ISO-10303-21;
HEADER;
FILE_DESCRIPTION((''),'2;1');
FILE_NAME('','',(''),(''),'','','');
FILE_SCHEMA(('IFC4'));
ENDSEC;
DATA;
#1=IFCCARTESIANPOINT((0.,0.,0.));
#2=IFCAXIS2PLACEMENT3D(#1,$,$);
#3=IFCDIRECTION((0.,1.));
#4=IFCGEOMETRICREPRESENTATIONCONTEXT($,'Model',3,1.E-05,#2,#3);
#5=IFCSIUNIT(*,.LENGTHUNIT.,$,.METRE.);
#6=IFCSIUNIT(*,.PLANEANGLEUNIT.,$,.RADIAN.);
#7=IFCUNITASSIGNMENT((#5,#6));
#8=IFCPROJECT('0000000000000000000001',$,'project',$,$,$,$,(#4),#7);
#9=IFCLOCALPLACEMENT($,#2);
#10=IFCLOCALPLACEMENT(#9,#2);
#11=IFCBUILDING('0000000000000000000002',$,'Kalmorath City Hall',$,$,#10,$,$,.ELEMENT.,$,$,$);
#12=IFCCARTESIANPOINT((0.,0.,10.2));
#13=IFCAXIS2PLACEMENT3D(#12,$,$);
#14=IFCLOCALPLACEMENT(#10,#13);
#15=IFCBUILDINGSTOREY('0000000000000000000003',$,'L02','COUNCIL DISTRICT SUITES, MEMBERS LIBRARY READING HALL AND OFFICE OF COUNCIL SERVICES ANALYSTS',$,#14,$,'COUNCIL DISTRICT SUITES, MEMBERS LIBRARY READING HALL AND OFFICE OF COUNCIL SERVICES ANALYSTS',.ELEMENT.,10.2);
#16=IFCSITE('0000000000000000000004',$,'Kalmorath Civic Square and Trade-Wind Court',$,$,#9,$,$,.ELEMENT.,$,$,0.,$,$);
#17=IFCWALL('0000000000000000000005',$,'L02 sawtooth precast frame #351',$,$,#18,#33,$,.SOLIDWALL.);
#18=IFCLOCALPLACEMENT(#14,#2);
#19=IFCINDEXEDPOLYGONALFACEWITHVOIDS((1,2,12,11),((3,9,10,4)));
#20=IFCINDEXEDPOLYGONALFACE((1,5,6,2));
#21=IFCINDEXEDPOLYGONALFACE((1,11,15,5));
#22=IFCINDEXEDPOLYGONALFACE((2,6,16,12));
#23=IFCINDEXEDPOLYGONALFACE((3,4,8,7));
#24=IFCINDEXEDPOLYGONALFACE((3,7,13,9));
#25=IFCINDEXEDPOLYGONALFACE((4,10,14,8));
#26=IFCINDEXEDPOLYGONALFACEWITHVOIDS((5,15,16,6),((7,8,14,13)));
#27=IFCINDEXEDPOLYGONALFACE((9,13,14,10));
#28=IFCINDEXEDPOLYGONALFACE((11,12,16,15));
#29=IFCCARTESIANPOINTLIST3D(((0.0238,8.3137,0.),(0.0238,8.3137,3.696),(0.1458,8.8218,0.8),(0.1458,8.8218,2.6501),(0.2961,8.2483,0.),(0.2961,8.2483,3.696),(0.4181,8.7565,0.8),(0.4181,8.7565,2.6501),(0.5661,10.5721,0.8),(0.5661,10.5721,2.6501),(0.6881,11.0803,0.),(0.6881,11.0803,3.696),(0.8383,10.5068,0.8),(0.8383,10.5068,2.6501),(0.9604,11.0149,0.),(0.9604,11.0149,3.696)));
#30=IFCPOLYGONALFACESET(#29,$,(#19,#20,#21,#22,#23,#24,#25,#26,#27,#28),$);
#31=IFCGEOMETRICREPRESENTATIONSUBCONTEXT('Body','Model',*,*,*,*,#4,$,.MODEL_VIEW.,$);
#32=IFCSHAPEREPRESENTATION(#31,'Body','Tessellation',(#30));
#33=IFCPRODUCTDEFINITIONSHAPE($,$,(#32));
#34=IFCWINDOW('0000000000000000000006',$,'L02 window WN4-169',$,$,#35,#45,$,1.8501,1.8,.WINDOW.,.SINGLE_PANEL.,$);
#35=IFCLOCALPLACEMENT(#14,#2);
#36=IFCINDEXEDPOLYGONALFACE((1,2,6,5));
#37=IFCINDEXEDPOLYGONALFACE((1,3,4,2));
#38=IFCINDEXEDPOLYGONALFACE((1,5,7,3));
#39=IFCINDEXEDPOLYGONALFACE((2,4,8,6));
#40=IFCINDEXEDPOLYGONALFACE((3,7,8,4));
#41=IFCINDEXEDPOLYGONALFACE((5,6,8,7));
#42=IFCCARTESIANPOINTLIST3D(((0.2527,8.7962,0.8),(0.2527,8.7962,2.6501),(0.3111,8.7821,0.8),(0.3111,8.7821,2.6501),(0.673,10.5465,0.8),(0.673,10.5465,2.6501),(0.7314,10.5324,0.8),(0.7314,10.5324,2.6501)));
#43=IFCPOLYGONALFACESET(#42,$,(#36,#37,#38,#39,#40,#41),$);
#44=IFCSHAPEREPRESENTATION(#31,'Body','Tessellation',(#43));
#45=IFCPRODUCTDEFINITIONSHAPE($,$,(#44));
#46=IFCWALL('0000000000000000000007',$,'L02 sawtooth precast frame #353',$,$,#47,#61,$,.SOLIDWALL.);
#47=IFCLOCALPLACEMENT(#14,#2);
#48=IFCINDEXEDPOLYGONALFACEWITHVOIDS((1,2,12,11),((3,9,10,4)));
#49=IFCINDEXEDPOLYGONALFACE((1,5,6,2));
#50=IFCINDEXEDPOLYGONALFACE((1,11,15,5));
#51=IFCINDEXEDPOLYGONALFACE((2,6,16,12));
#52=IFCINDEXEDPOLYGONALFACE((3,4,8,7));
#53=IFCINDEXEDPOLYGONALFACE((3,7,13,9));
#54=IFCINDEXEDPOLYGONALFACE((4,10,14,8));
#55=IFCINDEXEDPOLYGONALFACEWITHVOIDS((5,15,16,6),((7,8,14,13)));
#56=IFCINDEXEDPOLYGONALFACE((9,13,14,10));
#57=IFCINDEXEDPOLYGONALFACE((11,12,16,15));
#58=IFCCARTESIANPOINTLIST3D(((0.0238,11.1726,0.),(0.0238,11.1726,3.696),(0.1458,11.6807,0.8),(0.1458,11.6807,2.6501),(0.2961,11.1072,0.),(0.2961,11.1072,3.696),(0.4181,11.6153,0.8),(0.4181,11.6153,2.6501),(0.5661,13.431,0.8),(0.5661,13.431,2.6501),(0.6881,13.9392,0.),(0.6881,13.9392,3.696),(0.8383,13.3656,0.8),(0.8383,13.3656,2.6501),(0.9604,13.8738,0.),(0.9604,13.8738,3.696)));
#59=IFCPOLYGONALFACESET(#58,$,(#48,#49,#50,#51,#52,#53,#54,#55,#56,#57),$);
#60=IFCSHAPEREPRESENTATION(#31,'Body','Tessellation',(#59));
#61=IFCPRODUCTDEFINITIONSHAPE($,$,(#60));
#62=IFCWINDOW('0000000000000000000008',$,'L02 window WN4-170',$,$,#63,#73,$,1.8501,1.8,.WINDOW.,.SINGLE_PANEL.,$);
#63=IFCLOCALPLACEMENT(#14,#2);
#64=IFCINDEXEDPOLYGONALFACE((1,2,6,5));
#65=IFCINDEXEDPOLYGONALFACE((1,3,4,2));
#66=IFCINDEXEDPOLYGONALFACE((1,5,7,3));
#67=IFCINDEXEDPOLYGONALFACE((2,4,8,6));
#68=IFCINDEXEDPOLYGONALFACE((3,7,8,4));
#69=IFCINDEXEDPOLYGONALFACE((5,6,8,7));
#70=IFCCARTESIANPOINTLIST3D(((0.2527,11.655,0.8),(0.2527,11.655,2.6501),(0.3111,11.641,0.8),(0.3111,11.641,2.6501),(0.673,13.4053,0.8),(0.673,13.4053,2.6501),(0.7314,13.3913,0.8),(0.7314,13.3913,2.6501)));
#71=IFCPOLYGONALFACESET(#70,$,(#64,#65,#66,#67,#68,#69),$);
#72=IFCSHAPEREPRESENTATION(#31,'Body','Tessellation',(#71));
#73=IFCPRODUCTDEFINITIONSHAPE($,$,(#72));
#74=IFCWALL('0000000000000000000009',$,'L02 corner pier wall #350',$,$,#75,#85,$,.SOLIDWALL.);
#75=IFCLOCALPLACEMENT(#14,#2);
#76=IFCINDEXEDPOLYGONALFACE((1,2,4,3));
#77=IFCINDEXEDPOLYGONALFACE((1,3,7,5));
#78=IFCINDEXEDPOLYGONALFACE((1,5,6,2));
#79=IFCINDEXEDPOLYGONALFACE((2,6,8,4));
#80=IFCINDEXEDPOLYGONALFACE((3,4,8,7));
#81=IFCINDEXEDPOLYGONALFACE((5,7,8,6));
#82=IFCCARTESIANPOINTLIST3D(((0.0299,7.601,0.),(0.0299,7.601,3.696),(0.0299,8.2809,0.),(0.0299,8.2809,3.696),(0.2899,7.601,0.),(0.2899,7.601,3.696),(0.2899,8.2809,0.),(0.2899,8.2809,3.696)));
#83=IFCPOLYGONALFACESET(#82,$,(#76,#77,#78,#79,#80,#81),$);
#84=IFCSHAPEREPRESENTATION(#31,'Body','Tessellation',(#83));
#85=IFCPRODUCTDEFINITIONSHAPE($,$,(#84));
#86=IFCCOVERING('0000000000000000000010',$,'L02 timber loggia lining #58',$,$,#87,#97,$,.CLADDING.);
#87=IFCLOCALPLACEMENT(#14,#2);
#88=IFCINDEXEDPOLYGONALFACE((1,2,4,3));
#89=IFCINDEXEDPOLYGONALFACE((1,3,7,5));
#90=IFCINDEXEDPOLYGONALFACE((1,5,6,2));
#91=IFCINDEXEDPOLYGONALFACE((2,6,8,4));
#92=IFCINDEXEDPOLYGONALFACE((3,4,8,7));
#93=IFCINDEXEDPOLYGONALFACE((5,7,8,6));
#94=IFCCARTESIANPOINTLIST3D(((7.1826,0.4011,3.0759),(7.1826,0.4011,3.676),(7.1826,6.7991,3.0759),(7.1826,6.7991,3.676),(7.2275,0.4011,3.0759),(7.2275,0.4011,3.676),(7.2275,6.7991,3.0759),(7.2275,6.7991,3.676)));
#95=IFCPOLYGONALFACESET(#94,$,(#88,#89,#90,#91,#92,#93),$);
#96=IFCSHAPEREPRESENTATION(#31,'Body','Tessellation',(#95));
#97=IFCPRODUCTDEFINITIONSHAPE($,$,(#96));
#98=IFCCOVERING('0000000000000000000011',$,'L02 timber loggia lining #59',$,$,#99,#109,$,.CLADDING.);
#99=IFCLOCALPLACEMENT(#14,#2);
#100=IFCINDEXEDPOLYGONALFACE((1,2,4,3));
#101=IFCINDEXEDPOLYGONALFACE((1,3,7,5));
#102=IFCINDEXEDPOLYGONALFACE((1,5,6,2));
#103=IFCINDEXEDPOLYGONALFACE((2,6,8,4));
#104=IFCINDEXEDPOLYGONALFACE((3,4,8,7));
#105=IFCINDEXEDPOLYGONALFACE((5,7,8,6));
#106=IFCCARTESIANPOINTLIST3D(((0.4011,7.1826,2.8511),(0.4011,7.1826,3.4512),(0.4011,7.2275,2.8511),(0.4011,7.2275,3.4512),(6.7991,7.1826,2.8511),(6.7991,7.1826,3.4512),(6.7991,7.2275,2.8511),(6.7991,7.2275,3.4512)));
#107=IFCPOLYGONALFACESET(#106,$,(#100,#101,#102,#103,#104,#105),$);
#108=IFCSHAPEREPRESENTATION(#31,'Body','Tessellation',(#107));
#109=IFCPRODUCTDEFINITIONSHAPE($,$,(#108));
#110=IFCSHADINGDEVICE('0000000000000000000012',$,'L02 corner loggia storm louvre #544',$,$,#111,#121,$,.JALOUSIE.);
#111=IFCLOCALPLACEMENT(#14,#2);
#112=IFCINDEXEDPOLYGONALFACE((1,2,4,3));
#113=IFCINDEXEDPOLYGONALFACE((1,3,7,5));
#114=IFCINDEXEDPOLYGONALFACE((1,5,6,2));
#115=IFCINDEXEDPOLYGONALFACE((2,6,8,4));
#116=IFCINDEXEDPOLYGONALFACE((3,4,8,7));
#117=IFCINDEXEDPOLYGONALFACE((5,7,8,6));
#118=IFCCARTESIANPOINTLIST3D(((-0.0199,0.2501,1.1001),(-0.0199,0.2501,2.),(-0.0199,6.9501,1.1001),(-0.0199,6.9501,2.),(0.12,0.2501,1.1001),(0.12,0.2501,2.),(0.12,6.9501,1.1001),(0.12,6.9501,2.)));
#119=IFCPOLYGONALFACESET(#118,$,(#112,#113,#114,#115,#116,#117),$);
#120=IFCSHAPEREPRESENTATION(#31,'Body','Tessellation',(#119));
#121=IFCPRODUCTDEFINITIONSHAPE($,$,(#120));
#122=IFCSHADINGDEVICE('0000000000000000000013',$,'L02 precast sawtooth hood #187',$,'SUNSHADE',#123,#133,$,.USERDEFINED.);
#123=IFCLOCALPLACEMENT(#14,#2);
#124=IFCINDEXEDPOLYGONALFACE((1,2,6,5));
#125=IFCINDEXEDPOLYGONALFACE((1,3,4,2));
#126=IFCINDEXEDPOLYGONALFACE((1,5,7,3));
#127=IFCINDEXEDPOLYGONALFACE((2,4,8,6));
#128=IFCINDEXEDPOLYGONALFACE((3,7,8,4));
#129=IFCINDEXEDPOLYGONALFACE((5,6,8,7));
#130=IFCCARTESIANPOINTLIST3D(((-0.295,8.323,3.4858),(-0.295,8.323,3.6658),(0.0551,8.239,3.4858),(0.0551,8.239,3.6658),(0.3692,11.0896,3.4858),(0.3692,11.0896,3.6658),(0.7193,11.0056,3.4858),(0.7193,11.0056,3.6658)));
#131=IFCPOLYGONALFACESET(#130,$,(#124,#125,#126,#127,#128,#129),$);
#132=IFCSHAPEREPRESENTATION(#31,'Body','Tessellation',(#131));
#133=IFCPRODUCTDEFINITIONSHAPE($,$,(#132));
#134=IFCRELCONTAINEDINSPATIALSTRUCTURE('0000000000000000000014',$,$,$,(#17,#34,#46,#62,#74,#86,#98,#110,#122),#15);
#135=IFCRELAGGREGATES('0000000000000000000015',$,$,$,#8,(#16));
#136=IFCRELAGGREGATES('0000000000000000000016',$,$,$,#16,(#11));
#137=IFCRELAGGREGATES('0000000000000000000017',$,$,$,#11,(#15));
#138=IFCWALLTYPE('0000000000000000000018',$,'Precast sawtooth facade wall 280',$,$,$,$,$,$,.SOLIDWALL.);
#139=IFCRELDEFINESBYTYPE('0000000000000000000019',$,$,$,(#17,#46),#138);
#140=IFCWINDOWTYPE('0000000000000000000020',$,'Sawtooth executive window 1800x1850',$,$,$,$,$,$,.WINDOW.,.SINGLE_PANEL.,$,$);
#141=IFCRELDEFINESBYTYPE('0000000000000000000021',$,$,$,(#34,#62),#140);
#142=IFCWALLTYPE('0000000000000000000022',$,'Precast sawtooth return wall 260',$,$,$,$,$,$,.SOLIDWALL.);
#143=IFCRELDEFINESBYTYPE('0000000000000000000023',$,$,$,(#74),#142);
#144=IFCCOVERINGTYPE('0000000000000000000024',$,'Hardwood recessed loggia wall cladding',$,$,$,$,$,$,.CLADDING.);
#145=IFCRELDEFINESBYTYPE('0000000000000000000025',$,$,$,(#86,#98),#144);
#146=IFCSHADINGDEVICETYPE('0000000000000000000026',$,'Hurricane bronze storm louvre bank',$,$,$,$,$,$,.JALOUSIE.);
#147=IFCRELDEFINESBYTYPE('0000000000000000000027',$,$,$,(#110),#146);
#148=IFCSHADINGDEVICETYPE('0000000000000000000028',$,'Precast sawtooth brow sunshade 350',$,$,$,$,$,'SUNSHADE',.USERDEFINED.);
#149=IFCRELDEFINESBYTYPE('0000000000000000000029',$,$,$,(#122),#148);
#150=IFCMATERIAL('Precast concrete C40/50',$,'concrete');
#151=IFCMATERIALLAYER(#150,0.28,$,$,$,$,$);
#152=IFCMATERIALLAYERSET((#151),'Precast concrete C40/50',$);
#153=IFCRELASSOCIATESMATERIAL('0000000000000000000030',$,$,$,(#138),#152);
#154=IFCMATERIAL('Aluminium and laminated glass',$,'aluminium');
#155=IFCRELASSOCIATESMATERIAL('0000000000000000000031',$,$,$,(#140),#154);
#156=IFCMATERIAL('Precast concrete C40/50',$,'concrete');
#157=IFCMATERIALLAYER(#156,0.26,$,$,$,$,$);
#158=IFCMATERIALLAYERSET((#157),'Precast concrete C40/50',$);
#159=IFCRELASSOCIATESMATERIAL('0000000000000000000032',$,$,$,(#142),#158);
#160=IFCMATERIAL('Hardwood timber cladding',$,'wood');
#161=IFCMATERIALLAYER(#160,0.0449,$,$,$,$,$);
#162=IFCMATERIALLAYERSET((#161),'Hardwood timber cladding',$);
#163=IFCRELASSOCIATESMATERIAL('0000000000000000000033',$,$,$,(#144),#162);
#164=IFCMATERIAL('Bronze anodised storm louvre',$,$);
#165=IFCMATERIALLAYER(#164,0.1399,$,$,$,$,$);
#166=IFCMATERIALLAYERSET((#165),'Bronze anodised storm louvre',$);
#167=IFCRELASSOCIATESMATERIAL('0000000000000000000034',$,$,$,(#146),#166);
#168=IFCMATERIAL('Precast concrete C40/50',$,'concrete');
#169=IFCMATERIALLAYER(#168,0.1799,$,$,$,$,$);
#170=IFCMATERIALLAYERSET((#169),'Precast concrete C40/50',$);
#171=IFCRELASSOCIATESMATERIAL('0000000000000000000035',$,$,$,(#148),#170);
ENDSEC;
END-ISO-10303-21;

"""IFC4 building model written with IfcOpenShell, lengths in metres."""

from ifc_helpers import new_model, si_unit, direction, frame, frame_2d, origin, origin_2d, place, context, subcontext, project, spatial, rectangle, extrude, material, layer, layer_set, type_object, element, fill, save


model = new_model("IFC4")

# Units and contexts
model_context = context("Model", 3, precision=1e-05, world=origin(), true_north=direction((0.0, 1.0)))
body_context = subcontext(model_context, "Body", "Model", "MODEL_VIEW")
ifc_project = project(units=[si_unit("LENGTHUNIT", "METRE"), si_unit("PLANEANGLEUNIT", "RADIAN")], contexts=[model_context])

# Site, building, storey
site_placement = place(None, origin())
site = spatial("IfcSite", under=ifc_project, at=site_placement, Name="Kalmorath Civic Square and Trade-Wind Court", CompositionType="ELEMENT", RefElevation=0.0)
building_placement = place(site_placement, origin())
building = spatial("IfcBuilding", under=site, at=building_placement, Name="Kalmorath City Hall", CompositionType="ELEMENT")
storey_placement = place(building_placement, frame((0.0, 0.0, 10.2)))
storey = spatial("IfcBuildingStorey", under=building, at=storey_placement, Name="L02", Description="COUNCIL DISTRICT SUITES, MEMBERS LIBRARY READING HALL AND OFFICE OF COUNCIL SERVICES ANALYSTS", LongName="COUNCIL DISTRICT SUITES, MEMBERS LIBRARY READING HALL AND OFFICE OF COUNCIL SERVICES ANALYSTS", CompositionType="ELEMENT", Elevation=10.2)

# Walls, openings, windows
ifc_material_1 = material(Name="Precast concrete C40/50", Category="concrete")
ifc_layer_1 = layer(ifc_material_1, 0.28)
ifc_layer_set_1 = layer_set([ifc_layer_1], Name="Precast concrete C40/50")
wall_type_1 = type_object("IfcWallType", Name="Precast sawtooth facade wall 280", PredefinedType="SOLIDWALL", material=ifc_layer_set_1)
wall_1_placement = place(storey_placement, frame((0.1599, 8.281, 0.0), z_axis=(0.0, 0.0, 1.0), x_axis=(0.23348, 0.972362, 0.0)))
wall_1 = element("IfcWall", 1, at=wall_1_placement, inside=storey, type_object=wall_type_1, Name="L02 sawtooth precast frame #351", PredefinedType="SOLIDWALL", context=body_context, shape_type="SweptSolid", body=[
    extrude(rectangle(XDim=2.8452, YDim=0.28, at=frame_2d((1.4226, 0.0))), origin(), (0.0, 0.0, 1.0), 3.696),
])
opening_1_placement = place(wall_1_placement, frame((0.5227, 0.0, 0.8)))
opening_1 = element("IfcOpeningElement", 2, at=opening_1_placement, cuts=wall_1, PredefinedType="OPENING", context=body_context, shape_type="SweptSolid", body=[
    extrude(rectangle(XDim=1.8, YDim=1.8501, at=frame_2d((0.8999, 0.925))), frame((0.0, 0.1499, 0.0), z_axis=(0.0, -1.0, 0.0), x_axis=(1.0, 0.0, 0.0)), (0.0, 0.0, 1.0), 0.3),
])
ifc_material_2 = material(Name="Aluminium and laminated glass", Category="aluminium")
window_type_1 = type_object("IfcWindowType", Name="Sawtooth executive window 1800x1850", PartitioningType="SINGLE_PANEL", PredefinedType="WINDOW", material=ifc_material_2)
window_1_placement = place(opening_1_placement, origin())
window_1 = element("IfcWindow", 3, at=window_1_placement, inside=storey, type_object=window_type_1, Name="L02 window WN4-169", OverallHeight=1.8501, OverallWidth=1.8, PartitioningType="SINGLE_PANEL", PredefinedType="WINDOW", context=body_context, shape_type="SweptSolid", body=[
    extrude(rectangle(XDim=1.8, YDim=1.8501, at=frame_2d((0.8999, 0.925))), frame((0.0, 0.03, 0.0), z_axis=(0.0, -1.0, 0.0), x_axis=(1.0, 0.0, 0.0)), (0.0, 0.0, 1.0), 0.0601),
])
fill(opening_1, window_1)
wall_2_placement = place(storey_placement, frame((0.1599, 11.1399, 0.0), z_axis=(0.0, 0.0, 1.0), x_axis=(0.23348, 0.972362, 0.0)))
wall_2 = element("IfcWall", 4, at=wall_2_placement, inside=storey, type_object=wall_type_1, Name="L02 sawtooth precast frame #353", PredefinedType="SOLIDWALL", context=body_context, shape_type="SweptSolid", body=[
    extrude(rectangle(XDim=2.8452, YDim=0.28, at=frame_2d((1.4226, 0.0))), origin(), (0.0, 0.0, 1.0), 3.696),
])
opening_2_placement = place(wall_2_placement, frame((0.5227, 0.0, 0.8)))
opening_2 = element("IfcOpeningElement", 5, at=opening_2_placement, cuts=wall_2, PredefinedType="OPENING", context=body_context, shape_type="SweptSolid", body=[
    extrude(rectangle(XDim=1.8, YDim=1.8501, at=frame_2d((0.8999, 0.925))), frame((0.0, 0.1499, 0.0), z_axis=(0.0, -1.0, 0.0), x_axis=(1.0, 0.0, 0.0)), (0.0, 0.0, 1.0), 0.3),
])
window_2_placement = place(opening_2_placement, origin())
window_2 = element("IfcWindow", 6, at=window_2_placement, inside=storey, type_object=window_type_1, Name="L02 window WN4-170", OverallHeight=1.8501, OverallWidth=1.8, PartitioningType="SINGLE_PANEL", PredefinedType="WINDOW", context=body_context, shape_type="SweptSolid", body=[
    extrude(rectangle(XDim=1.8, YDim=1.8501, at=frame_2d((0.8999, 0.925))), frame((0.0, 0.03, 0.0), z_axis=(0.0, -1.0, 0.0), x_axis=(1.0, 0.0, 0.0)), (0.0, 0.0, 1.0), 0.0601),
])
fill(opening_2, window_2)

# Wall
ifc_material_3 = material(Name="Precast concrete C40/50", Category="concrete")
ifc_layer_2 = layer(ifc_material_3, 0.26)
ifc_layer_set_2 = layer_set([ifc_layer_2], Name="Precast concrete C40/50")
wall_type_2 = type_object("IfcWallType", Name="Precast sawtooth return wall 260", PredefinedType="SOLIDWALL", material=ifc_layer_set_2)
wall_3_placement = place(storey_placement, frame((0.1599, 7.6011, 0.0), z_axis=(0.0, 0.0, 1.0), x_axis=(0.0, 1.0, 0.0)))
element("IfcWall", 7, at=wall_3_placement, inside=storey, type_object=wall_type_2, Name="L02 corner pier wall #350", PredefinedType="SOLIDWALL", context=body_context, shape_type="SweptSolid", body=[
    extrude(rectangle(XDim=0.6799, YDim=0.26, at=frame_2d((0.3398, 0.0))), origin(), (0.0, 0.0, 1.0), 3.696),
])

# Coverings
ifc_material_4 = material(Name="Hardwood timber cladding", Category="wood")
ifc_layer_3 = layer(ifc_material_4, 0.0449)
ifc_layer_set_3 = layer_set([ifc_layer_3], Name="Hardwood timber cladding")
covering_type = type_object("IfcCoveringType", Name="Hardwood recessed loggia wall cladding", PredefinedType="CLADDING", material=ifc_layer_set_3)
for number, where, z_axis, x_axis, name in (
    (8, (7.2051, 3.6001, 3.0759), (0.0, 0.0, 1.0), (0.0, 1.0, 0.0), "L02 timber loggia lining #58"),
    (9, (3.6001, 7.2051, 2.8511), (0.0, 0.0, 1.0), (-1.0, 0.0, 0.0), "L02 timber loggia lining #59"),
):
    element("IfcCovering", number, at=place(storey_placement, frame(where, z_axis=z_axis, x_axis=x_axis)), inside=storey, type_object=covering_type, Name=name, PredefinedType="CLADDING", context=body_context, shape_type="SweptSolid", body=[
        extrude(rectangle(XDim=6.3979, YDim=0.0449, at=origin_2d()), origin(), (0.0, 0.0, 1.0), 0.6001),
    ])

# Shading devices
ifc_material_5 = material(Name="Bronze anodised storm louvre")
ifc_layer_4 = layer(ifc_material_5, 0.1399)
ifc_layer_set_4 = layer_set([ifc_layer_4], Name="Bronze anodised storm louvre")
shading_device_type_1 = type_object("IfcShadingDeviceType", Name="Hurricane bronze storm louvre bank", PredefinedType="JALOUSIE", material=ifc_layer_set_4)
shading_device_1_placement = place(storey_placement, frame((0.05, 3.6001, 1.1001), z_axis=(0.0, 0.0, 1.0), x_axis=(0.0, 1.0, 0.0)))
element("IfcShadingDevice", 10, at=shading_device_1_placement, inside=storey, type_object=shading_device_type_1, Name="L02 corner loggia storm louvre #544", PredefinedType="JALOUSIE", context=body_context, shape_type="SweptSolid", body=[
    extrude(rectangle(XDim=6.7, YDim=0.1399, at=origin_2d()), origin(), (0.0, 0.0, 1.0), 0.8999),
])
ifc_material_6 = material(Name="Precast concrete C40/50", Category="concrete")
ifc_layer_5 = layer(ifc_material_6, 0.1799)
ifc_layer_set_5 = layer_set([ifc_layer_5], Name="Precast concrete C40/50")
shading_device_type_2 = type_object("IfcShadingDeviceType", Name="Precast sawtooth brow sunshade 350", ElementType="SUNSHADE", PredefinedType="USERDEFINED", material=ifc_layer_set_5)
shading_device_2_placement = place(storey_placement, frame((0.2122, 9.6643, 3.4858), z_axis=(0.0, 0.0, 1.0), x_axis=(0.233445, 0.97237, 0.0)))
element("IfcShadingDevice", 11, at=shading_device_2_placement, inside=storey, type_object=shading_device_type_2, Name="L02 precast sawtooth hood #187", ObjectType="SUNSHADE", PredefinedType="USERDEFINED", context=body_context, shape_type="SweptSolid", body=[
    extrude(rectangle(XDim=2.8452, YDim=0.3601, at=origin_2d()), origin(), (0.0, 0.0, 1.0), 0.1799),
])

save(model, "model.ifc")
